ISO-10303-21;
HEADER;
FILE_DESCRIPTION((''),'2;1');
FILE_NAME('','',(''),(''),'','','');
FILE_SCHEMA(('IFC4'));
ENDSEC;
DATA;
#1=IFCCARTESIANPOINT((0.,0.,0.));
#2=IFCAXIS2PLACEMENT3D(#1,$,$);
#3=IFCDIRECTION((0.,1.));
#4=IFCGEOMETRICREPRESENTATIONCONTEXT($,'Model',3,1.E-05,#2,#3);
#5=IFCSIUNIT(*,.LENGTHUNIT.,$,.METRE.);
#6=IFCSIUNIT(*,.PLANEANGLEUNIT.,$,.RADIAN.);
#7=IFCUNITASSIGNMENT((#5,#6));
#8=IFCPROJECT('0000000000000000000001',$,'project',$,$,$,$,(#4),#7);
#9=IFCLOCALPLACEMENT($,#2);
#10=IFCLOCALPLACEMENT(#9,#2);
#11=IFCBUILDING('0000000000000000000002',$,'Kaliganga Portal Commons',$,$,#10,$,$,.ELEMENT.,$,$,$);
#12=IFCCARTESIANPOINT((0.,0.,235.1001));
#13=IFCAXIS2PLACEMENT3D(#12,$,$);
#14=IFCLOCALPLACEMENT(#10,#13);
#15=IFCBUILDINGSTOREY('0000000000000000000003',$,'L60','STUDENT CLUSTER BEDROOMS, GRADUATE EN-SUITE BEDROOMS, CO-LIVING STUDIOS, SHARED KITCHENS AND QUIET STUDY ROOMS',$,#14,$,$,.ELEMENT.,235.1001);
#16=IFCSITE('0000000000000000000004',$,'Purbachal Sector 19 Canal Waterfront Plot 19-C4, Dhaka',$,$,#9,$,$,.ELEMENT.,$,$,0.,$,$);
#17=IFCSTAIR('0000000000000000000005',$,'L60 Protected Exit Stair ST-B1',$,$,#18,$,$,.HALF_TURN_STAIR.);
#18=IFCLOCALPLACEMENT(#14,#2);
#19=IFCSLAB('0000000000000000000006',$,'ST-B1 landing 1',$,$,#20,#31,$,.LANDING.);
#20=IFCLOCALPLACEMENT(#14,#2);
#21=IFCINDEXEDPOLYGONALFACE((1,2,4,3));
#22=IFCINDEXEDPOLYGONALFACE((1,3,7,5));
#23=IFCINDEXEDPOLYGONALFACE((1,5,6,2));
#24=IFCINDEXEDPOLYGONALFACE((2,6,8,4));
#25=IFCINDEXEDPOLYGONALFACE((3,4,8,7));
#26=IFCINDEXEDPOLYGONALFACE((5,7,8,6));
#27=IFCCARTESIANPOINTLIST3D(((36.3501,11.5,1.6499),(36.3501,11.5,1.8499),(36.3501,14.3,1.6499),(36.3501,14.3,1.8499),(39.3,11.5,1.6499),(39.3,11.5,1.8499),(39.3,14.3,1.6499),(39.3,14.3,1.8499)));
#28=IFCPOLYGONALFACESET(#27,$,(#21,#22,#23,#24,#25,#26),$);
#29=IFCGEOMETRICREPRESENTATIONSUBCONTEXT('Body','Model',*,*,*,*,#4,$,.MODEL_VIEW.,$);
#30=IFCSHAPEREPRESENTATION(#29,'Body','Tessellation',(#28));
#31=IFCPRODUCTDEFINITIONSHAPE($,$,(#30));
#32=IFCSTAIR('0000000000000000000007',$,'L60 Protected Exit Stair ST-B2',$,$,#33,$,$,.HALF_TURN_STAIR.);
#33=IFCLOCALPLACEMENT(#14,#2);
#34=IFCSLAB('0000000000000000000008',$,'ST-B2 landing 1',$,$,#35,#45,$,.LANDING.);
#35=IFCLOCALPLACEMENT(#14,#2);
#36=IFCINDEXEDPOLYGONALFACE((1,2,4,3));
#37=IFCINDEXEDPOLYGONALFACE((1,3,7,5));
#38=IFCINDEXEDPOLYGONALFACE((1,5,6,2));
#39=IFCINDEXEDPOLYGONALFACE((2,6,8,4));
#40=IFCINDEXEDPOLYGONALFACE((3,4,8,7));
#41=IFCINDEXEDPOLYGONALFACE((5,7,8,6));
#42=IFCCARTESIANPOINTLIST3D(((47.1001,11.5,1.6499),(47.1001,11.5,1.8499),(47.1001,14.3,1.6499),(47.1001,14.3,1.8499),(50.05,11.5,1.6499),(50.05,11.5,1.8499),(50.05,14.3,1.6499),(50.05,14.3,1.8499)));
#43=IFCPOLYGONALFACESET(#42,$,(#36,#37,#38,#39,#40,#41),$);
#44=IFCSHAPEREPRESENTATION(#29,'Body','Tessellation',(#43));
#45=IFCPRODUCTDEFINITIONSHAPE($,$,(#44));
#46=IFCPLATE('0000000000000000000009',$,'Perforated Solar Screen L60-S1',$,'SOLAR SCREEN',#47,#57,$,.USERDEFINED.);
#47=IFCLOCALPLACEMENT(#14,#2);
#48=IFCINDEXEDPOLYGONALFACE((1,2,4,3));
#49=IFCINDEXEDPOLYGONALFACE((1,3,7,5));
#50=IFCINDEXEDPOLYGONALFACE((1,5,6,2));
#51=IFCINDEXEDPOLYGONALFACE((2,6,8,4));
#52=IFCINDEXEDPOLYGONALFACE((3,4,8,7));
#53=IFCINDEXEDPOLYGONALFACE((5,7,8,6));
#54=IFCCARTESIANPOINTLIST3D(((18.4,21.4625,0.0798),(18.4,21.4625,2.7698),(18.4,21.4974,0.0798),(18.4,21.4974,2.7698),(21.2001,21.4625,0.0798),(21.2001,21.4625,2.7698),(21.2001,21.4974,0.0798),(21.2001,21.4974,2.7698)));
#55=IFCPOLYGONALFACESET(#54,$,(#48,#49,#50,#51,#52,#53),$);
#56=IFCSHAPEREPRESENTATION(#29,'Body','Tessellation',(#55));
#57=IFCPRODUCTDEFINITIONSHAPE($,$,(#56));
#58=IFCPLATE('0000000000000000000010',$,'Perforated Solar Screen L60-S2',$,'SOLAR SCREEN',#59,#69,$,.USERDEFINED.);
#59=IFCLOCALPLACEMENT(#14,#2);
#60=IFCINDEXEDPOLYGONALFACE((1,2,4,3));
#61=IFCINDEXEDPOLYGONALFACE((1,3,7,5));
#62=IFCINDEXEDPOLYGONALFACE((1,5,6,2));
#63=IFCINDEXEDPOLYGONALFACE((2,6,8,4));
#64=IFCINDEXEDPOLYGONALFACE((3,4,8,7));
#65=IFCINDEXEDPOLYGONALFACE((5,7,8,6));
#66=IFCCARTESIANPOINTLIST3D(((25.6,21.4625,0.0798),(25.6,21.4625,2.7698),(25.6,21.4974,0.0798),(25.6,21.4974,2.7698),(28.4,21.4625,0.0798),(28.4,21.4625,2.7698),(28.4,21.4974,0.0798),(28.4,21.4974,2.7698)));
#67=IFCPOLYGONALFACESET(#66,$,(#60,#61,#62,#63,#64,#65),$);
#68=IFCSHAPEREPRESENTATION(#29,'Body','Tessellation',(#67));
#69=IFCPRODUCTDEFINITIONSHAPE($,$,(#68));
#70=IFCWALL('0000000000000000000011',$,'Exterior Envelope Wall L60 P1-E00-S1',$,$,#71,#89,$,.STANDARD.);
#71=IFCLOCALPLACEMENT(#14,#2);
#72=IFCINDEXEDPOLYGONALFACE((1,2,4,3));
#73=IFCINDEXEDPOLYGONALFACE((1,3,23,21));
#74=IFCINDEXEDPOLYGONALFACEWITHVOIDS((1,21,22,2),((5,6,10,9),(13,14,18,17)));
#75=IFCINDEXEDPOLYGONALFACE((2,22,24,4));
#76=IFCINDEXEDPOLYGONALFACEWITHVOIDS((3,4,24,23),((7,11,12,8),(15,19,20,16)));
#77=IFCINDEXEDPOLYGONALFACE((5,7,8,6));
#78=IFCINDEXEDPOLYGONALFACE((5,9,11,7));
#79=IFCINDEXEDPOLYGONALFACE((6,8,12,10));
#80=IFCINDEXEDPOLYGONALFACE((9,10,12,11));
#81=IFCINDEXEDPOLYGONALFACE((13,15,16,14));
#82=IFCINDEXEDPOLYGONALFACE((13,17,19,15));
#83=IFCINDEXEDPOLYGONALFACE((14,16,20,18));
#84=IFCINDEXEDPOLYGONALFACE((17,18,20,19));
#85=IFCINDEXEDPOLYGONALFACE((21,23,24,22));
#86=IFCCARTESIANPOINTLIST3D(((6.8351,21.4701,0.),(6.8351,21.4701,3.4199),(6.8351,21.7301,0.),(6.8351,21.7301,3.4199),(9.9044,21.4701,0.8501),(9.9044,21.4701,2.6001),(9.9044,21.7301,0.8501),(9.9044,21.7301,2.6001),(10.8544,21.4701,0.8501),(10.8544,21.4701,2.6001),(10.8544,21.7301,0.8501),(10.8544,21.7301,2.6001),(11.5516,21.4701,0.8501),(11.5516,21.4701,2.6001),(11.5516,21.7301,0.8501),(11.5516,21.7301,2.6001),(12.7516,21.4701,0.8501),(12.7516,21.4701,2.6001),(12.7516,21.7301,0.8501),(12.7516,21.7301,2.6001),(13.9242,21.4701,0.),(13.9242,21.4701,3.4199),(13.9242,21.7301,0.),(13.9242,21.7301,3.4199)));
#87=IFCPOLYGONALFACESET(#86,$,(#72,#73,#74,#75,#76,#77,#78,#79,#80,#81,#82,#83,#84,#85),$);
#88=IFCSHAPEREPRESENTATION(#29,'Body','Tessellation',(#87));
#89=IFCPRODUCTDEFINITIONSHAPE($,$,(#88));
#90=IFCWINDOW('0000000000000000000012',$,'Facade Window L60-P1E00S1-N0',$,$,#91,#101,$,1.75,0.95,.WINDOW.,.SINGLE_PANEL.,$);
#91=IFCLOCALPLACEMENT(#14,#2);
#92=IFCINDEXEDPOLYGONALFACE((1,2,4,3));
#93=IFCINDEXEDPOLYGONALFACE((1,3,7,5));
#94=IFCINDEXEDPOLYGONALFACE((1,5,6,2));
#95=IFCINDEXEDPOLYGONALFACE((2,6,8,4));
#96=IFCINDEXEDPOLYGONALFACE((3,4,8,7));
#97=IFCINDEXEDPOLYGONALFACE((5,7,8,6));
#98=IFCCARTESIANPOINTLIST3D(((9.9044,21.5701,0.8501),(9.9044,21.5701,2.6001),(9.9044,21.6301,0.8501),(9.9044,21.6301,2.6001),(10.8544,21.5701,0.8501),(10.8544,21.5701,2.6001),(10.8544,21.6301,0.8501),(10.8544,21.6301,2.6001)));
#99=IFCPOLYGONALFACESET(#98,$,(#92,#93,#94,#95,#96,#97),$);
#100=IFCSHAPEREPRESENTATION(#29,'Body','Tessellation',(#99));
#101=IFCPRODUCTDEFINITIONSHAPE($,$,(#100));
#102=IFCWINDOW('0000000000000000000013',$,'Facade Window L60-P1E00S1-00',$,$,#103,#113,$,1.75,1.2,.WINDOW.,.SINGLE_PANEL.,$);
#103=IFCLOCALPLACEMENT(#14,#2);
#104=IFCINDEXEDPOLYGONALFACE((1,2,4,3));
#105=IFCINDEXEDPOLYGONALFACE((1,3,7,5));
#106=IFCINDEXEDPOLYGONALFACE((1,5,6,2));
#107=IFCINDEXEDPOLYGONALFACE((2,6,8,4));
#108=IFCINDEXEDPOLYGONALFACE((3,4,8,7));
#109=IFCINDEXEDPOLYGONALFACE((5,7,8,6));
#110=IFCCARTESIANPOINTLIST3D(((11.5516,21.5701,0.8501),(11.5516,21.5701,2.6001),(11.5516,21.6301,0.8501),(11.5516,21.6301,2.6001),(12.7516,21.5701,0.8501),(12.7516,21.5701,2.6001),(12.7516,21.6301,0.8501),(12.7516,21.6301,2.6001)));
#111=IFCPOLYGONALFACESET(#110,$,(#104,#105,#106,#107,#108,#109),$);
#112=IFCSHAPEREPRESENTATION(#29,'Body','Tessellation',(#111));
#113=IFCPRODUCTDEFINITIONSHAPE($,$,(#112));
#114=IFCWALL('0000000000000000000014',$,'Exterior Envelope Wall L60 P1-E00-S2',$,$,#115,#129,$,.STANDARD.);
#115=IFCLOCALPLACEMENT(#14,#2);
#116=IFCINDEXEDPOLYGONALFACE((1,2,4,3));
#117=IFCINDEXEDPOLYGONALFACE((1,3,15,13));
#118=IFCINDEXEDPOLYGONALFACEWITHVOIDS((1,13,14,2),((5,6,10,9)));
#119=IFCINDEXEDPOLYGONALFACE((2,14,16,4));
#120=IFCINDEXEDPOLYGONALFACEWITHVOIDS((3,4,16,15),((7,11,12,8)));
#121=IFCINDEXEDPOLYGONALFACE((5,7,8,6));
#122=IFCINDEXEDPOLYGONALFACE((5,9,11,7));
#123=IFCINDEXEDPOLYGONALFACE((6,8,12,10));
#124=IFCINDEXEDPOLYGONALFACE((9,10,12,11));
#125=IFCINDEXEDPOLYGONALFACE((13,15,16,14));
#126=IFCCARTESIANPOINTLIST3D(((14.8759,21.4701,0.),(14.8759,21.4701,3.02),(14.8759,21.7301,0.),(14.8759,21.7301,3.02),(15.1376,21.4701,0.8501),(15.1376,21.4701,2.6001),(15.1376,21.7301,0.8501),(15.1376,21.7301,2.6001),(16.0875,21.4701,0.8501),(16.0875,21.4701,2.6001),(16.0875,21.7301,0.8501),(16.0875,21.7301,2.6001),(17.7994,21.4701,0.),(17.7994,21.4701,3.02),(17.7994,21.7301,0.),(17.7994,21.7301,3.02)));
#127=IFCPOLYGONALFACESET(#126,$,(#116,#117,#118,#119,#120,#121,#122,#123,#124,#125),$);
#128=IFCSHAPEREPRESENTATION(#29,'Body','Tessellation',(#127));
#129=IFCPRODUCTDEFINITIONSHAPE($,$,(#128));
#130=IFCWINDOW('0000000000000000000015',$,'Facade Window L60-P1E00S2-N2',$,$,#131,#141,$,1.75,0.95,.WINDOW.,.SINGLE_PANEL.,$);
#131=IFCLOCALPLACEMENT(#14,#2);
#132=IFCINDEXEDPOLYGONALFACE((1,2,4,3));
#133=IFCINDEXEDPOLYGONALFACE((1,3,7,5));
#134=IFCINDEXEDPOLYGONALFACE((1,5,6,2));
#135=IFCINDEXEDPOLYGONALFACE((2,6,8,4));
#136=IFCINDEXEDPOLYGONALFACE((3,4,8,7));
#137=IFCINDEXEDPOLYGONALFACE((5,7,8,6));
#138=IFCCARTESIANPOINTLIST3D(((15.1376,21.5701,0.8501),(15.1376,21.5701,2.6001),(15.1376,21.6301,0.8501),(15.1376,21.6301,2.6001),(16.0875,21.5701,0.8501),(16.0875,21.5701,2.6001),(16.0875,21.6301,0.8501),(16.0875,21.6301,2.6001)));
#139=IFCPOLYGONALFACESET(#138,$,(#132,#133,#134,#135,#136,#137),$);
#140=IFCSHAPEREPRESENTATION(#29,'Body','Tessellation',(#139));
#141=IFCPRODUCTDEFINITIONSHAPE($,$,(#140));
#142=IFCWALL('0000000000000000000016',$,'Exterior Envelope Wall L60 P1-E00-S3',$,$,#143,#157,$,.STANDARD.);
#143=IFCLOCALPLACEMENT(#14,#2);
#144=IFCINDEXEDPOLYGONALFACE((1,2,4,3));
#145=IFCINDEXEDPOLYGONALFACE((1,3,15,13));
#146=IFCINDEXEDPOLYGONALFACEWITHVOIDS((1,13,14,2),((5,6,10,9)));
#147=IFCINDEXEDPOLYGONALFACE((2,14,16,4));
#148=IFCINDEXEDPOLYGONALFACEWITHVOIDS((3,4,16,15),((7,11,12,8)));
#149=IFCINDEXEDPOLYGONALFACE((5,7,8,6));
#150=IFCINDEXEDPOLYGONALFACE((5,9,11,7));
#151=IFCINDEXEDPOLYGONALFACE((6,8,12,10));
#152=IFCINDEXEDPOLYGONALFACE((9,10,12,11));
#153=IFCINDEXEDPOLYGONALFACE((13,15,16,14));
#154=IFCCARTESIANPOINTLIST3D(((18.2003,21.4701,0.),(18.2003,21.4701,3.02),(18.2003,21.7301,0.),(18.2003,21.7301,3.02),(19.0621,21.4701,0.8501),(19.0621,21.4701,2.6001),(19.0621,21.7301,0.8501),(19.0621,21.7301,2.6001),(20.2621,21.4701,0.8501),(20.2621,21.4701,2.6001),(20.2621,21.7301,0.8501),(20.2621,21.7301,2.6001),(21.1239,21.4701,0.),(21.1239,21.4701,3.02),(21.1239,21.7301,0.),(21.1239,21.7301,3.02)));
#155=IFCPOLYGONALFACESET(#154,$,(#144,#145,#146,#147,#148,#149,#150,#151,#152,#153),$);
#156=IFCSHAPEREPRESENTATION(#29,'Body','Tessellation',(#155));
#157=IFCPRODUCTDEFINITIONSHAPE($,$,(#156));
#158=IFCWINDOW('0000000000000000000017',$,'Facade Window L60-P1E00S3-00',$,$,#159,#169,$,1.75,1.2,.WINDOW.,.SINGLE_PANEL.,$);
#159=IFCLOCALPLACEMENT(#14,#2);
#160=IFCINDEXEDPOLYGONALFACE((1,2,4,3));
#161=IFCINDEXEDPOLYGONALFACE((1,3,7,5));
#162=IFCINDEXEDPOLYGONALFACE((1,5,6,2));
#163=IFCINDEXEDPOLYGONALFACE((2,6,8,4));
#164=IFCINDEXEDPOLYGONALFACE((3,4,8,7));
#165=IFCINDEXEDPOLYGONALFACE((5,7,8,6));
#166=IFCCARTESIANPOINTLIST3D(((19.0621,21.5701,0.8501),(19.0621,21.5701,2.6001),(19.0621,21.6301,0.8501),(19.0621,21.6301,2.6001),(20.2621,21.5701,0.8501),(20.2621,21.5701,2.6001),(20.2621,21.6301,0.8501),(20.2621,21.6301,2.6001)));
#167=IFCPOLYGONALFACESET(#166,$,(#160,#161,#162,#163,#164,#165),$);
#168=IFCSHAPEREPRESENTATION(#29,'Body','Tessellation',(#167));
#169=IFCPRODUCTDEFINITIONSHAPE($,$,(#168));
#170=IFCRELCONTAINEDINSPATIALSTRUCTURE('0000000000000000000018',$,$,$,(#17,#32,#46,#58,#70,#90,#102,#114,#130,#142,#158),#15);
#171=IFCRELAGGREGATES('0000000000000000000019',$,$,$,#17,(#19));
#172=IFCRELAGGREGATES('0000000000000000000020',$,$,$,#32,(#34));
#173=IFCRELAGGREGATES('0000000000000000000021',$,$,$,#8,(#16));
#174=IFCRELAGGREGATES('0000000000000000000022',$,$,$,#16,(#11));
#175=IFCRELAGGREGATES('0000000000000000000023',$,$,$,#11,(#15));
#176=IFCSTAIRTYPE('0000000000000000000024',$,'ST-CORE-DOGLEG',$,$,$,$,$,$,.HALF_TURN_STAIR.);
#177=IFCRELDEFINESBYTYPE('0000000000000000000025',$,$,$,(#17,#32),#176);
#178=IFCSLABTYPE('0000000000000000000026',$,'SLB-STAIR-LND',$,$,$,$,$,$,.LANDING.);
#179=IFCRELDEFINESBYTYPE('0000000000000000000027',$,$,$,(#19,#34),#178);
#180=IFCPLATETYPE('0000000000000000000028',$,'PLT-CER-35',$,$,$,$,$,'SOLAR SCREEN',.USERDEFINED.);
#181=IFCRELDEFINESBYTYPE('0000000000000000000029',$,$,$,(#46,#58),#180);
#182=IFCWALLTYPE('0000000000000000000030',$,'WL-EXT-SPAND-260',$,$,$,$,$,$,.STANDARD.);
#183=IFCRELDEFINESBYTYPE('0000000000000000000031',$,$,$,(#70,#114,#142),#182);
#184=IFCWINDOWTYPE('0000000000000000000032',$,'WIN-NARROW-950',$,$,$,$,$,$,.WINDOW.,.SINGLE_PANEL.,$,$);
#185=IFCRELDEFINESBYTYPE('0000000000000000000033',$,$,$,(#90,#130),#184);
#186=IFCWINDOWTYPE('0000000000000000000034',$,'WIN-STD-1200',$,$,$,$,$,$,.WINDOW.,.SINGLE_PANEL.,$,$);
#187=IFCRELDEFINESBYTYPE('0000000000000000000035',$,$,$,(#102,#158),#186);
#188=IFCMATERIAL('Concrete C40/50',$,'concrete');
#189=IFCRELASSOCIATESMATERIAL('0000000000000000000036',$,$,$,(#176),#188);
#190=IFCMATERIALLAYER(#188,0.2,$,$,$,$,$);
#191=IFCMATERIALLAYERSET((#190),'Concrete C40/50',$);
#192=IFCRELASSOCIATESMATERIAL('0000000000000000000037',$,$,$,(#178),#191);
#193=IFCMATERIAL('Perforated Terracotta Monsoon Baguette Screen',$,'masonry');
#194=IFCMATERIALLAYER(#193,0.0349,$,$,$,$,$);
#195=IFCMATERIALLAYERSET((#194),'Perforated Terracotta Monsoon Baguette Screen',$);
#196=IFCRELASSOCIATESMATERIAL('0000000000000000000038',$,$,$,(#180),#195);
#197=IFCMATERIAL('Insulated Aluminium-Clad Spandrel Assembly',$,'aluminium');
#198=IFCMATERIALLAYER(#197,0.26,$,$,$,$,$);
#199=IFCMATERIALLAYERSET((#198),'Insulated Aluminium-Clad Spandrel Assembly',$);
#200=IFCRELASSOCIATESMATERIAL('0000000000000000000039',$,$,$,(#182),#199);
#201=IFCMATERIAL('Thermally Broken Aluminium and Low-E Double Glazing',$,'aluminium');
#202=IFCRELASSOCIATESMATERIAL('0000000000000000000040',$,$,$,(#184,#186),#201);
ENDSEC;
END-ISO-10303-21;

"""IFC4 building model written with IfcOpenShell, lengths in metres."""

from ifc_helpers import new_model, si_unit, direction, frame, frame_2d, origin, origin_2d, place, context, subcontext, project, spatial, polyline, rectangle, outline, extrude, source, transform, mapped, material, layer, layer_set, type_object, element, fill, aggregate, save


model = new_model("IFC4")

# Units and contexts
model_context = context("Model", 3, precision=1e-05, world=origin(), true_north=direction((0.0, 1.0)))
body_context = subcontext(model_context, "Body", "Model", "MODEL_VIEW")
ifc_project = project(units=[si_unit("LENGTHUNIT", "METRE"), si_unit("PLANEANGLEUNIT", "RADIAN")], contexts=[model_context])

# Site, building, storey
site_placement = place(None, origin())
site = spatial("IfcSite", under=ifc_project, at=site_placement, Name="Purbachal Sector 19 Canal Waterfront Plot 19-C4, Dhaka", CompositionType="ELEMENT", RefElevation=0.0)
building_placement = place(site_placement, origin())
building = spatial("IfcBuilding", under=site, at=building_placement, Name="Kaliganga Portal Commons", CompositionType="ELEMENT")
storey_placement = place(building_placement, frame((0.0, 0.0, 235.1001)))
storey = spatial("IfcBuildingStorey", under=building, at=storey_placement, Name="L60", Description="STUDENT CLUSTER BEDROOMS, GRADUATE EN-SUITE BEDROOMS, CO-LIVING STUDIOS, SHARED KITCHENS AND QUIET STUDY ROOMS", CompositionType="ELEMENT", Elevation=235.1001)

# Shared definitions
ifc_material_1 = material(Name="Concrete C40/50", Category="concrete")

# Stairs, slabs
stair_type = type_object("IfcStairType", Name="ST-CORE-DOGLEG", PredefinedType="HALF_TURN_STAIR", material=ifc_material_1)
ifc_layer_1 = layer(ifc_material_1, 0.2)
ifc_layer_set_1 = layer_set([ifc_layer_1], Name="Concrete C40/50")
slab_type_1 = type_object("IfcSlabType", Name="SLB-STAIR-LND", PredefinedType="LANDING", material=ifc_layer_set_1)
stair_1_placement = place(storey_placement, origin())
stair_1 = element("IfcStair", 1, at=stair_1_placement, inside=storey, type_object=stair_type, Name="L60 Protected Exit Stair ST-B1", PredefinedType="HALF_TURN_STAIR")
slab_1_placement = place(storey_placement, frame((0.0, 0.0, 1.6499)))
slab_1 = element("IfcSlab", 2, at=slab_1_placement, type_object=slab_type_1, Name="ST-B1 landing 1", PredefinedType="LANDING", context=body_context, shape_type="SweptSolid", body=[
    extrude(outline(polyline([(39.3, 11.5), (39.3, 14.3), (36.3501, 14.3), (36.3501, 11.5), (39.3, 11.5)])), origin(), (0.0, 0.0, 1.0), 0.2),
])
aggregate(stair_1, [slab_1])
stair_2_placement = place(storey_placement, origin())
stair_2 = element("IfcStair", 3, at=stair_2_placement, inside=storey, type_object=stair_type, Name="L60 Protected Exit Stair ST-B2", PredefinedType="HALF_TURN_STAIR")
slab_2_placement = place(storey_placement, frame((0.0, 0.0, 1.6499)))
slab_2 = element("IfcSlab", 4, at=slab_2_placement, type_object=slab_type_1, Name="ST-B2 landing 1", PredefinedType="LANDING", context=body_context, shape_type="SweptSolid", body=[
    extrude(outline(polyline([(50.05, 11.5), (50.05, 14.3), (47.1001, 14.3), (47.1001, 11.5), (50.05, 11.5)])), origin(), (0.0, 0.0, 1.0), 0.2),
])
aggregate(stair_2, [slab_2])

# Plates
ifc_material_2 = material(Name="Perforated Terracotta Monsoon Baguette Screen", Category="masonry")
ifc_layer_2 = layer(ifc_material_2, 0.0349)
ifc_layer_set_2 = layer_set([ifc_layer_2], Name="Perforated Terracotta Monsoon Baguette Screen")
plate_type = type_object("IfcPlateType", Name="PLT-CER-35", ElementType="SOLAR SCREEN", PredefinedType="USERDEFINED", material=ifc_layer_set_2)
shared_shape_1 = source(origin(), body_context, "Body", "SweptSolid", [
    extrude(rectangle(XDim=2.8, YDim=0.0349, at=origin_2d()), origin(), (0.0, 0.0, 1.0), 2.6899),
])
for number, where, z_axis, x_axis, name in (
    (5, (19.8, 21.48, 0.0798), (0.0, 0.0, 1.0), (1.0, 0.0, 0.0), "Perforated Solar Screen L60-S1"),
    (6, (27.0, 21.48, 0.0798), (0.0, 0.0, 1.0), (1.0, 0.0, 0.0), "Perforated Solar Screen L60-S2"),
):
    element("IfcPlate", number, at=place(storey_placement, frame(where, z_axis=z_axis, x_axis=x_axis)), inside=storey, type_object=plate_type, Name=name, ObjectType="SOLAR SCREEN", PredefinedType="USERDEFINED", context=body_context, shape_type="MappedRepresentation", body=[
        mapped(shared_shape_1, transform((0.0, 0.0, 0.0), x_axis=(1.0, 0.0, 0.0), y_axis=(0.0, 1.0, 0.0), z_axis=(0.0, 0.0, 1.0), scale=1.0)),
    ])

# Wall, openings, windows
ifc_material_3 = material(Name="Insulated Aluminium-Clad Spandrel Assembly", Category="aluminium")
ifc_layer_3 = layer(ifc_material_3, 0.26)
ifc_layer_set_3 = layer_set([ifc_layer_3], Name="Insulated Aluminium-Clad Spandrel Assembly")
wall_type = type_object("IfcWallType", Name="WL-EXT-SPAND-260", PredefinedType="STANDARD", material=ifc_layer_set_3)
wall_1_placement = place(storey_placement, frame((13.9241, 21.6001, 0.0), z_axis=(0.0, 0.0, 1.0), x_axis=(-1.0, 0.0, 0.0)))
wall_1 = element("IfcWall", 7, at=wall_1_placement, inside=storey, type_object=wall_type, Name="Exterior Envelope Wall L60 P1-E00-S1", PredefinedType="STANDARD", context=body_context, shape_type="SweptSolid", body=[
    extrude(rectangle(XDim=7.0891, YDim=0.26, at=frame_2d((3.5444, 0.0))), origin(), (0.0, 0.0, 1.0), 3.4199),
])
opening_1_placement = place(wall_1_placement, frame((1.1724, 0.0, 0.8501)))
opening_1 = element("IfcOpeningElement", 8, at=opening_1_placement, cuts=wall_1, PredefinedType="OPENING", context=body_context, shape_type="SweptSolid", body=[
    extrude(rectangle(XDim=1.2, YDim=1.75, at=frame_2d((0.6001, 0.875))), frame((0.0, 0.1401, 0.0), z_axis=(0.0, -1.0, 0.0), x_axis=(1.0, 0.0, 0.0)), (0.0, 0.0, 1.0), 0.28),
])
opening_2_placement = place(wall_1_placement, frame((3.0696, 0.0, 0.8501)))
opening_2 = element("IfcOpeningElement", 9, at=opening_2_placement, cuts=wall_1, PredefinedType="OPENING", context=body_context, shape_type="SweptSolid", body=[
    extrude(rectangle(XDim=0.95, YDim=1.75, at=frame_2d((0.4751, 0.875))), frame((0.0, 0.1401, 0.0), z_axis=(0.0, -1.0, 0.0), x_axis=(1.0, 0.0, 0.0)), (0.0, 0.0, 1.0), 0.28),
])
ifc_material_4 = material(Name="Thermally Broken Aluminium and Low-E Double Glazing", Category="aluminium")
window_type_1 = type_object("IfcWindowType", Name="WIN-NARROW-950", PartitioningType="SINGLE_PANEL", PredefinedType="WINDOW", material=ifc_material_4)
window_1_placement = place(opening_2_placement, origin())
window_1 = element("IfcWindow", 10, at=window_1_placement, inside=storey, type_object=window_type_1, Name="Facade Window L60-P1E00S1-N0", OverallHeight=1.75, OverallWidth=0.95, PartitioningType="SINGLE_PANEL", PredefinedType="WINDOW", context=body_context, shape_type="SweptSolid", body=[
    extrude(rectangle(XDim=0.95, YDim=1.75, at=frame_2d((0.4751, 0.875))), frame((0.0, 0.03, 0.0), z_axis=(0.0, -1.0, 0.0), x_axis=(1.0, 0.0, 0.0)), (0.0, 0.0, 1.0), 0.0601),
])
fill(opening_2, window_1)
window_type_2 = type_object("IfcWindowType", Name="WIN-STD-1200", PartitioningType="SINGLE_PANEL", PredefinedType="WINDOW", material=ifc_material_4)
window_2_placement = place(opening_1_placement, origin())
window_2 = element("IfcWindow", 11, at=window_2_placement, inside=storey, type_object=window_type_2, Name="Facade Window L60-P1E00S1-00", OverallHeight=1.75, OverallWidth=1.2, PartitioningType="SINGLE_PANEL", PredefinedType="WINDOW", context=body_context, shape_type="SweptSolid", body=[
    extrude(rectangle(XDim=1.2, YDim=1.75, at=frame_2d((0.6001, 0.875))), frame((0.0, 0.03, 0.0), z_axis=(0.0, -1.0, 0.0), x_axis=(1.0, 0.0, 0.0)), (0.0, 0.0, 1.0), 0.0601),
])
fill(opening_1, window_2)

# Walls, openings, windows
wall_2_placement = place(storey_placement, frame((17.7996, 21.6001, 0.0), z_axis=(0.0, 0.0, 1.0), x_axis=(-1.0, 0.0, 0.0)))
wall_2 = element("IfcWall", 12, at=wall_2_placement, inside=storey, type_object=wall_type, Name="Exterior Envelope Wall L60 P1-E00-S2", PredefinedType="STANDARD", context=body_context, shape_type="SweptSolid", body=[
    extrude(rectangle(XDim=2.9236, YDim=0.26, at=frame_2d((1.4619, 0.0))), origin(), (0.0, 0.0, 1.0), 3.02),
])
opening_3_placement = place(wall_2_placement, frame((1.7119, 0.0, 0.8501)))
opening_3 = element("IfcOpeningElement", 13, at=opening_3_placement, cuts=wall_2, PredefinedType="OPENING", context=body_context, shape_type="SweptSolid", body=[
    extrude(rectangle(XDim=0.95, YDim=1.75, at=frame_2d((0.4751, 0.875))), frame((0.0, 0.1401, 0.0), z_axis=(0.0, -1.0, 0.0), x_axis=(1.0, 0.0, 0.0)), (0.0, 0.0, 1.0), 0.28),
])
window_3_placement = place(opening_3_placement, origin())
window_3 = element("IfcWindow", 14, at=window_3_placement, inside=storey, type_object=window_type_1, Name="Facade Window L60-P1E00S2-N2", OverallHeight=1.75, OverallWidth=0.95, PartitioningType="SINGLE_PANEL", PredefinedType="WINDOW", context=body_context, shape_type="SweptSolid", body=[
    extrude(rectangle(XDim=0.95, YDim=1.75, at=frame_2d((0.4751, 0.875))), frame((0.0, 0.03, 0.0), z_axis=(0.0, -1.0, 0.0), x_axis=(1.0, 0.0, 0.0)), (0.0, 0.0, 1.0), 0.0601),
])
fill(opening_3, window_3)
wall_3_placement = place(storey_placement, frame((21.124, 21.6001, 0.0), z_axis=(0.0, 0.0, 1.0), x_axis=(-1.0, 0.0, 0.0)))
wall_3 = element("IfcWall", 15, at=wall_3_placement, inside=storey, type_object=wall_type, Name="Exterior Envelope Wall L60 P1-E00-S3", PredefinedType="STANDARD", context=body_context, shape_type="SweptSolid", body=[
    extrude(rectangle(XDim=2.9236, YDim=0.26, at=frame_2d((1.4619, 0.0))), origin(), (0.0, 0.0, 1.0), 3.02),
])
opening_4_placement = place(wall_3_placement, frame((0.8618, 0.0, 0.8501)))
opening_4 = element("IfcOpeningElement", 16, at=opening_4_placement, cuts=wall_3, PredefinedType="OPENING", context=body_context, shape_type="SweptSolid", body=[
    extrude(rectangle(XDim=1.2, YDim=1.75, at=frame_2d((0.6001, 0.875))), frame((0.0, 0.1401, 0.0), z_axis=(0.0, -1.0, 0.0), x_axis=(1.0, 0.0, 0.0)), (0.0, 0.0, 1.0), 0.28),
])
window_4_placement = place(opening_4_placement, origin())
window_4 = element("IfcWindow", 17, at=window_4_placement, inside=storey, type_object=window_type_2, Name="Facade Window L60-P1E00S3-00", OverallHeight=1.75, OverallWidth=1.2, PartitioningType="SINGLE_PANEL", PredefinedType="WINDOW", context=body_context, shape_type="SweptSolid", body=[
    extrude(rectangle(XDim=1.2, YDim=1.75, at=frame_2d((0.6001, 0.875))), frame((0.0, 0.03, 0.0), z_axis=(0.0, -1.0, 0.0), x_axis=(1.0, 0.0, 0.0)), (0.0, 0.0, 1.0), 0.0601),
])
fill(opening_4, window_4)

save(model, "model.ifc")
